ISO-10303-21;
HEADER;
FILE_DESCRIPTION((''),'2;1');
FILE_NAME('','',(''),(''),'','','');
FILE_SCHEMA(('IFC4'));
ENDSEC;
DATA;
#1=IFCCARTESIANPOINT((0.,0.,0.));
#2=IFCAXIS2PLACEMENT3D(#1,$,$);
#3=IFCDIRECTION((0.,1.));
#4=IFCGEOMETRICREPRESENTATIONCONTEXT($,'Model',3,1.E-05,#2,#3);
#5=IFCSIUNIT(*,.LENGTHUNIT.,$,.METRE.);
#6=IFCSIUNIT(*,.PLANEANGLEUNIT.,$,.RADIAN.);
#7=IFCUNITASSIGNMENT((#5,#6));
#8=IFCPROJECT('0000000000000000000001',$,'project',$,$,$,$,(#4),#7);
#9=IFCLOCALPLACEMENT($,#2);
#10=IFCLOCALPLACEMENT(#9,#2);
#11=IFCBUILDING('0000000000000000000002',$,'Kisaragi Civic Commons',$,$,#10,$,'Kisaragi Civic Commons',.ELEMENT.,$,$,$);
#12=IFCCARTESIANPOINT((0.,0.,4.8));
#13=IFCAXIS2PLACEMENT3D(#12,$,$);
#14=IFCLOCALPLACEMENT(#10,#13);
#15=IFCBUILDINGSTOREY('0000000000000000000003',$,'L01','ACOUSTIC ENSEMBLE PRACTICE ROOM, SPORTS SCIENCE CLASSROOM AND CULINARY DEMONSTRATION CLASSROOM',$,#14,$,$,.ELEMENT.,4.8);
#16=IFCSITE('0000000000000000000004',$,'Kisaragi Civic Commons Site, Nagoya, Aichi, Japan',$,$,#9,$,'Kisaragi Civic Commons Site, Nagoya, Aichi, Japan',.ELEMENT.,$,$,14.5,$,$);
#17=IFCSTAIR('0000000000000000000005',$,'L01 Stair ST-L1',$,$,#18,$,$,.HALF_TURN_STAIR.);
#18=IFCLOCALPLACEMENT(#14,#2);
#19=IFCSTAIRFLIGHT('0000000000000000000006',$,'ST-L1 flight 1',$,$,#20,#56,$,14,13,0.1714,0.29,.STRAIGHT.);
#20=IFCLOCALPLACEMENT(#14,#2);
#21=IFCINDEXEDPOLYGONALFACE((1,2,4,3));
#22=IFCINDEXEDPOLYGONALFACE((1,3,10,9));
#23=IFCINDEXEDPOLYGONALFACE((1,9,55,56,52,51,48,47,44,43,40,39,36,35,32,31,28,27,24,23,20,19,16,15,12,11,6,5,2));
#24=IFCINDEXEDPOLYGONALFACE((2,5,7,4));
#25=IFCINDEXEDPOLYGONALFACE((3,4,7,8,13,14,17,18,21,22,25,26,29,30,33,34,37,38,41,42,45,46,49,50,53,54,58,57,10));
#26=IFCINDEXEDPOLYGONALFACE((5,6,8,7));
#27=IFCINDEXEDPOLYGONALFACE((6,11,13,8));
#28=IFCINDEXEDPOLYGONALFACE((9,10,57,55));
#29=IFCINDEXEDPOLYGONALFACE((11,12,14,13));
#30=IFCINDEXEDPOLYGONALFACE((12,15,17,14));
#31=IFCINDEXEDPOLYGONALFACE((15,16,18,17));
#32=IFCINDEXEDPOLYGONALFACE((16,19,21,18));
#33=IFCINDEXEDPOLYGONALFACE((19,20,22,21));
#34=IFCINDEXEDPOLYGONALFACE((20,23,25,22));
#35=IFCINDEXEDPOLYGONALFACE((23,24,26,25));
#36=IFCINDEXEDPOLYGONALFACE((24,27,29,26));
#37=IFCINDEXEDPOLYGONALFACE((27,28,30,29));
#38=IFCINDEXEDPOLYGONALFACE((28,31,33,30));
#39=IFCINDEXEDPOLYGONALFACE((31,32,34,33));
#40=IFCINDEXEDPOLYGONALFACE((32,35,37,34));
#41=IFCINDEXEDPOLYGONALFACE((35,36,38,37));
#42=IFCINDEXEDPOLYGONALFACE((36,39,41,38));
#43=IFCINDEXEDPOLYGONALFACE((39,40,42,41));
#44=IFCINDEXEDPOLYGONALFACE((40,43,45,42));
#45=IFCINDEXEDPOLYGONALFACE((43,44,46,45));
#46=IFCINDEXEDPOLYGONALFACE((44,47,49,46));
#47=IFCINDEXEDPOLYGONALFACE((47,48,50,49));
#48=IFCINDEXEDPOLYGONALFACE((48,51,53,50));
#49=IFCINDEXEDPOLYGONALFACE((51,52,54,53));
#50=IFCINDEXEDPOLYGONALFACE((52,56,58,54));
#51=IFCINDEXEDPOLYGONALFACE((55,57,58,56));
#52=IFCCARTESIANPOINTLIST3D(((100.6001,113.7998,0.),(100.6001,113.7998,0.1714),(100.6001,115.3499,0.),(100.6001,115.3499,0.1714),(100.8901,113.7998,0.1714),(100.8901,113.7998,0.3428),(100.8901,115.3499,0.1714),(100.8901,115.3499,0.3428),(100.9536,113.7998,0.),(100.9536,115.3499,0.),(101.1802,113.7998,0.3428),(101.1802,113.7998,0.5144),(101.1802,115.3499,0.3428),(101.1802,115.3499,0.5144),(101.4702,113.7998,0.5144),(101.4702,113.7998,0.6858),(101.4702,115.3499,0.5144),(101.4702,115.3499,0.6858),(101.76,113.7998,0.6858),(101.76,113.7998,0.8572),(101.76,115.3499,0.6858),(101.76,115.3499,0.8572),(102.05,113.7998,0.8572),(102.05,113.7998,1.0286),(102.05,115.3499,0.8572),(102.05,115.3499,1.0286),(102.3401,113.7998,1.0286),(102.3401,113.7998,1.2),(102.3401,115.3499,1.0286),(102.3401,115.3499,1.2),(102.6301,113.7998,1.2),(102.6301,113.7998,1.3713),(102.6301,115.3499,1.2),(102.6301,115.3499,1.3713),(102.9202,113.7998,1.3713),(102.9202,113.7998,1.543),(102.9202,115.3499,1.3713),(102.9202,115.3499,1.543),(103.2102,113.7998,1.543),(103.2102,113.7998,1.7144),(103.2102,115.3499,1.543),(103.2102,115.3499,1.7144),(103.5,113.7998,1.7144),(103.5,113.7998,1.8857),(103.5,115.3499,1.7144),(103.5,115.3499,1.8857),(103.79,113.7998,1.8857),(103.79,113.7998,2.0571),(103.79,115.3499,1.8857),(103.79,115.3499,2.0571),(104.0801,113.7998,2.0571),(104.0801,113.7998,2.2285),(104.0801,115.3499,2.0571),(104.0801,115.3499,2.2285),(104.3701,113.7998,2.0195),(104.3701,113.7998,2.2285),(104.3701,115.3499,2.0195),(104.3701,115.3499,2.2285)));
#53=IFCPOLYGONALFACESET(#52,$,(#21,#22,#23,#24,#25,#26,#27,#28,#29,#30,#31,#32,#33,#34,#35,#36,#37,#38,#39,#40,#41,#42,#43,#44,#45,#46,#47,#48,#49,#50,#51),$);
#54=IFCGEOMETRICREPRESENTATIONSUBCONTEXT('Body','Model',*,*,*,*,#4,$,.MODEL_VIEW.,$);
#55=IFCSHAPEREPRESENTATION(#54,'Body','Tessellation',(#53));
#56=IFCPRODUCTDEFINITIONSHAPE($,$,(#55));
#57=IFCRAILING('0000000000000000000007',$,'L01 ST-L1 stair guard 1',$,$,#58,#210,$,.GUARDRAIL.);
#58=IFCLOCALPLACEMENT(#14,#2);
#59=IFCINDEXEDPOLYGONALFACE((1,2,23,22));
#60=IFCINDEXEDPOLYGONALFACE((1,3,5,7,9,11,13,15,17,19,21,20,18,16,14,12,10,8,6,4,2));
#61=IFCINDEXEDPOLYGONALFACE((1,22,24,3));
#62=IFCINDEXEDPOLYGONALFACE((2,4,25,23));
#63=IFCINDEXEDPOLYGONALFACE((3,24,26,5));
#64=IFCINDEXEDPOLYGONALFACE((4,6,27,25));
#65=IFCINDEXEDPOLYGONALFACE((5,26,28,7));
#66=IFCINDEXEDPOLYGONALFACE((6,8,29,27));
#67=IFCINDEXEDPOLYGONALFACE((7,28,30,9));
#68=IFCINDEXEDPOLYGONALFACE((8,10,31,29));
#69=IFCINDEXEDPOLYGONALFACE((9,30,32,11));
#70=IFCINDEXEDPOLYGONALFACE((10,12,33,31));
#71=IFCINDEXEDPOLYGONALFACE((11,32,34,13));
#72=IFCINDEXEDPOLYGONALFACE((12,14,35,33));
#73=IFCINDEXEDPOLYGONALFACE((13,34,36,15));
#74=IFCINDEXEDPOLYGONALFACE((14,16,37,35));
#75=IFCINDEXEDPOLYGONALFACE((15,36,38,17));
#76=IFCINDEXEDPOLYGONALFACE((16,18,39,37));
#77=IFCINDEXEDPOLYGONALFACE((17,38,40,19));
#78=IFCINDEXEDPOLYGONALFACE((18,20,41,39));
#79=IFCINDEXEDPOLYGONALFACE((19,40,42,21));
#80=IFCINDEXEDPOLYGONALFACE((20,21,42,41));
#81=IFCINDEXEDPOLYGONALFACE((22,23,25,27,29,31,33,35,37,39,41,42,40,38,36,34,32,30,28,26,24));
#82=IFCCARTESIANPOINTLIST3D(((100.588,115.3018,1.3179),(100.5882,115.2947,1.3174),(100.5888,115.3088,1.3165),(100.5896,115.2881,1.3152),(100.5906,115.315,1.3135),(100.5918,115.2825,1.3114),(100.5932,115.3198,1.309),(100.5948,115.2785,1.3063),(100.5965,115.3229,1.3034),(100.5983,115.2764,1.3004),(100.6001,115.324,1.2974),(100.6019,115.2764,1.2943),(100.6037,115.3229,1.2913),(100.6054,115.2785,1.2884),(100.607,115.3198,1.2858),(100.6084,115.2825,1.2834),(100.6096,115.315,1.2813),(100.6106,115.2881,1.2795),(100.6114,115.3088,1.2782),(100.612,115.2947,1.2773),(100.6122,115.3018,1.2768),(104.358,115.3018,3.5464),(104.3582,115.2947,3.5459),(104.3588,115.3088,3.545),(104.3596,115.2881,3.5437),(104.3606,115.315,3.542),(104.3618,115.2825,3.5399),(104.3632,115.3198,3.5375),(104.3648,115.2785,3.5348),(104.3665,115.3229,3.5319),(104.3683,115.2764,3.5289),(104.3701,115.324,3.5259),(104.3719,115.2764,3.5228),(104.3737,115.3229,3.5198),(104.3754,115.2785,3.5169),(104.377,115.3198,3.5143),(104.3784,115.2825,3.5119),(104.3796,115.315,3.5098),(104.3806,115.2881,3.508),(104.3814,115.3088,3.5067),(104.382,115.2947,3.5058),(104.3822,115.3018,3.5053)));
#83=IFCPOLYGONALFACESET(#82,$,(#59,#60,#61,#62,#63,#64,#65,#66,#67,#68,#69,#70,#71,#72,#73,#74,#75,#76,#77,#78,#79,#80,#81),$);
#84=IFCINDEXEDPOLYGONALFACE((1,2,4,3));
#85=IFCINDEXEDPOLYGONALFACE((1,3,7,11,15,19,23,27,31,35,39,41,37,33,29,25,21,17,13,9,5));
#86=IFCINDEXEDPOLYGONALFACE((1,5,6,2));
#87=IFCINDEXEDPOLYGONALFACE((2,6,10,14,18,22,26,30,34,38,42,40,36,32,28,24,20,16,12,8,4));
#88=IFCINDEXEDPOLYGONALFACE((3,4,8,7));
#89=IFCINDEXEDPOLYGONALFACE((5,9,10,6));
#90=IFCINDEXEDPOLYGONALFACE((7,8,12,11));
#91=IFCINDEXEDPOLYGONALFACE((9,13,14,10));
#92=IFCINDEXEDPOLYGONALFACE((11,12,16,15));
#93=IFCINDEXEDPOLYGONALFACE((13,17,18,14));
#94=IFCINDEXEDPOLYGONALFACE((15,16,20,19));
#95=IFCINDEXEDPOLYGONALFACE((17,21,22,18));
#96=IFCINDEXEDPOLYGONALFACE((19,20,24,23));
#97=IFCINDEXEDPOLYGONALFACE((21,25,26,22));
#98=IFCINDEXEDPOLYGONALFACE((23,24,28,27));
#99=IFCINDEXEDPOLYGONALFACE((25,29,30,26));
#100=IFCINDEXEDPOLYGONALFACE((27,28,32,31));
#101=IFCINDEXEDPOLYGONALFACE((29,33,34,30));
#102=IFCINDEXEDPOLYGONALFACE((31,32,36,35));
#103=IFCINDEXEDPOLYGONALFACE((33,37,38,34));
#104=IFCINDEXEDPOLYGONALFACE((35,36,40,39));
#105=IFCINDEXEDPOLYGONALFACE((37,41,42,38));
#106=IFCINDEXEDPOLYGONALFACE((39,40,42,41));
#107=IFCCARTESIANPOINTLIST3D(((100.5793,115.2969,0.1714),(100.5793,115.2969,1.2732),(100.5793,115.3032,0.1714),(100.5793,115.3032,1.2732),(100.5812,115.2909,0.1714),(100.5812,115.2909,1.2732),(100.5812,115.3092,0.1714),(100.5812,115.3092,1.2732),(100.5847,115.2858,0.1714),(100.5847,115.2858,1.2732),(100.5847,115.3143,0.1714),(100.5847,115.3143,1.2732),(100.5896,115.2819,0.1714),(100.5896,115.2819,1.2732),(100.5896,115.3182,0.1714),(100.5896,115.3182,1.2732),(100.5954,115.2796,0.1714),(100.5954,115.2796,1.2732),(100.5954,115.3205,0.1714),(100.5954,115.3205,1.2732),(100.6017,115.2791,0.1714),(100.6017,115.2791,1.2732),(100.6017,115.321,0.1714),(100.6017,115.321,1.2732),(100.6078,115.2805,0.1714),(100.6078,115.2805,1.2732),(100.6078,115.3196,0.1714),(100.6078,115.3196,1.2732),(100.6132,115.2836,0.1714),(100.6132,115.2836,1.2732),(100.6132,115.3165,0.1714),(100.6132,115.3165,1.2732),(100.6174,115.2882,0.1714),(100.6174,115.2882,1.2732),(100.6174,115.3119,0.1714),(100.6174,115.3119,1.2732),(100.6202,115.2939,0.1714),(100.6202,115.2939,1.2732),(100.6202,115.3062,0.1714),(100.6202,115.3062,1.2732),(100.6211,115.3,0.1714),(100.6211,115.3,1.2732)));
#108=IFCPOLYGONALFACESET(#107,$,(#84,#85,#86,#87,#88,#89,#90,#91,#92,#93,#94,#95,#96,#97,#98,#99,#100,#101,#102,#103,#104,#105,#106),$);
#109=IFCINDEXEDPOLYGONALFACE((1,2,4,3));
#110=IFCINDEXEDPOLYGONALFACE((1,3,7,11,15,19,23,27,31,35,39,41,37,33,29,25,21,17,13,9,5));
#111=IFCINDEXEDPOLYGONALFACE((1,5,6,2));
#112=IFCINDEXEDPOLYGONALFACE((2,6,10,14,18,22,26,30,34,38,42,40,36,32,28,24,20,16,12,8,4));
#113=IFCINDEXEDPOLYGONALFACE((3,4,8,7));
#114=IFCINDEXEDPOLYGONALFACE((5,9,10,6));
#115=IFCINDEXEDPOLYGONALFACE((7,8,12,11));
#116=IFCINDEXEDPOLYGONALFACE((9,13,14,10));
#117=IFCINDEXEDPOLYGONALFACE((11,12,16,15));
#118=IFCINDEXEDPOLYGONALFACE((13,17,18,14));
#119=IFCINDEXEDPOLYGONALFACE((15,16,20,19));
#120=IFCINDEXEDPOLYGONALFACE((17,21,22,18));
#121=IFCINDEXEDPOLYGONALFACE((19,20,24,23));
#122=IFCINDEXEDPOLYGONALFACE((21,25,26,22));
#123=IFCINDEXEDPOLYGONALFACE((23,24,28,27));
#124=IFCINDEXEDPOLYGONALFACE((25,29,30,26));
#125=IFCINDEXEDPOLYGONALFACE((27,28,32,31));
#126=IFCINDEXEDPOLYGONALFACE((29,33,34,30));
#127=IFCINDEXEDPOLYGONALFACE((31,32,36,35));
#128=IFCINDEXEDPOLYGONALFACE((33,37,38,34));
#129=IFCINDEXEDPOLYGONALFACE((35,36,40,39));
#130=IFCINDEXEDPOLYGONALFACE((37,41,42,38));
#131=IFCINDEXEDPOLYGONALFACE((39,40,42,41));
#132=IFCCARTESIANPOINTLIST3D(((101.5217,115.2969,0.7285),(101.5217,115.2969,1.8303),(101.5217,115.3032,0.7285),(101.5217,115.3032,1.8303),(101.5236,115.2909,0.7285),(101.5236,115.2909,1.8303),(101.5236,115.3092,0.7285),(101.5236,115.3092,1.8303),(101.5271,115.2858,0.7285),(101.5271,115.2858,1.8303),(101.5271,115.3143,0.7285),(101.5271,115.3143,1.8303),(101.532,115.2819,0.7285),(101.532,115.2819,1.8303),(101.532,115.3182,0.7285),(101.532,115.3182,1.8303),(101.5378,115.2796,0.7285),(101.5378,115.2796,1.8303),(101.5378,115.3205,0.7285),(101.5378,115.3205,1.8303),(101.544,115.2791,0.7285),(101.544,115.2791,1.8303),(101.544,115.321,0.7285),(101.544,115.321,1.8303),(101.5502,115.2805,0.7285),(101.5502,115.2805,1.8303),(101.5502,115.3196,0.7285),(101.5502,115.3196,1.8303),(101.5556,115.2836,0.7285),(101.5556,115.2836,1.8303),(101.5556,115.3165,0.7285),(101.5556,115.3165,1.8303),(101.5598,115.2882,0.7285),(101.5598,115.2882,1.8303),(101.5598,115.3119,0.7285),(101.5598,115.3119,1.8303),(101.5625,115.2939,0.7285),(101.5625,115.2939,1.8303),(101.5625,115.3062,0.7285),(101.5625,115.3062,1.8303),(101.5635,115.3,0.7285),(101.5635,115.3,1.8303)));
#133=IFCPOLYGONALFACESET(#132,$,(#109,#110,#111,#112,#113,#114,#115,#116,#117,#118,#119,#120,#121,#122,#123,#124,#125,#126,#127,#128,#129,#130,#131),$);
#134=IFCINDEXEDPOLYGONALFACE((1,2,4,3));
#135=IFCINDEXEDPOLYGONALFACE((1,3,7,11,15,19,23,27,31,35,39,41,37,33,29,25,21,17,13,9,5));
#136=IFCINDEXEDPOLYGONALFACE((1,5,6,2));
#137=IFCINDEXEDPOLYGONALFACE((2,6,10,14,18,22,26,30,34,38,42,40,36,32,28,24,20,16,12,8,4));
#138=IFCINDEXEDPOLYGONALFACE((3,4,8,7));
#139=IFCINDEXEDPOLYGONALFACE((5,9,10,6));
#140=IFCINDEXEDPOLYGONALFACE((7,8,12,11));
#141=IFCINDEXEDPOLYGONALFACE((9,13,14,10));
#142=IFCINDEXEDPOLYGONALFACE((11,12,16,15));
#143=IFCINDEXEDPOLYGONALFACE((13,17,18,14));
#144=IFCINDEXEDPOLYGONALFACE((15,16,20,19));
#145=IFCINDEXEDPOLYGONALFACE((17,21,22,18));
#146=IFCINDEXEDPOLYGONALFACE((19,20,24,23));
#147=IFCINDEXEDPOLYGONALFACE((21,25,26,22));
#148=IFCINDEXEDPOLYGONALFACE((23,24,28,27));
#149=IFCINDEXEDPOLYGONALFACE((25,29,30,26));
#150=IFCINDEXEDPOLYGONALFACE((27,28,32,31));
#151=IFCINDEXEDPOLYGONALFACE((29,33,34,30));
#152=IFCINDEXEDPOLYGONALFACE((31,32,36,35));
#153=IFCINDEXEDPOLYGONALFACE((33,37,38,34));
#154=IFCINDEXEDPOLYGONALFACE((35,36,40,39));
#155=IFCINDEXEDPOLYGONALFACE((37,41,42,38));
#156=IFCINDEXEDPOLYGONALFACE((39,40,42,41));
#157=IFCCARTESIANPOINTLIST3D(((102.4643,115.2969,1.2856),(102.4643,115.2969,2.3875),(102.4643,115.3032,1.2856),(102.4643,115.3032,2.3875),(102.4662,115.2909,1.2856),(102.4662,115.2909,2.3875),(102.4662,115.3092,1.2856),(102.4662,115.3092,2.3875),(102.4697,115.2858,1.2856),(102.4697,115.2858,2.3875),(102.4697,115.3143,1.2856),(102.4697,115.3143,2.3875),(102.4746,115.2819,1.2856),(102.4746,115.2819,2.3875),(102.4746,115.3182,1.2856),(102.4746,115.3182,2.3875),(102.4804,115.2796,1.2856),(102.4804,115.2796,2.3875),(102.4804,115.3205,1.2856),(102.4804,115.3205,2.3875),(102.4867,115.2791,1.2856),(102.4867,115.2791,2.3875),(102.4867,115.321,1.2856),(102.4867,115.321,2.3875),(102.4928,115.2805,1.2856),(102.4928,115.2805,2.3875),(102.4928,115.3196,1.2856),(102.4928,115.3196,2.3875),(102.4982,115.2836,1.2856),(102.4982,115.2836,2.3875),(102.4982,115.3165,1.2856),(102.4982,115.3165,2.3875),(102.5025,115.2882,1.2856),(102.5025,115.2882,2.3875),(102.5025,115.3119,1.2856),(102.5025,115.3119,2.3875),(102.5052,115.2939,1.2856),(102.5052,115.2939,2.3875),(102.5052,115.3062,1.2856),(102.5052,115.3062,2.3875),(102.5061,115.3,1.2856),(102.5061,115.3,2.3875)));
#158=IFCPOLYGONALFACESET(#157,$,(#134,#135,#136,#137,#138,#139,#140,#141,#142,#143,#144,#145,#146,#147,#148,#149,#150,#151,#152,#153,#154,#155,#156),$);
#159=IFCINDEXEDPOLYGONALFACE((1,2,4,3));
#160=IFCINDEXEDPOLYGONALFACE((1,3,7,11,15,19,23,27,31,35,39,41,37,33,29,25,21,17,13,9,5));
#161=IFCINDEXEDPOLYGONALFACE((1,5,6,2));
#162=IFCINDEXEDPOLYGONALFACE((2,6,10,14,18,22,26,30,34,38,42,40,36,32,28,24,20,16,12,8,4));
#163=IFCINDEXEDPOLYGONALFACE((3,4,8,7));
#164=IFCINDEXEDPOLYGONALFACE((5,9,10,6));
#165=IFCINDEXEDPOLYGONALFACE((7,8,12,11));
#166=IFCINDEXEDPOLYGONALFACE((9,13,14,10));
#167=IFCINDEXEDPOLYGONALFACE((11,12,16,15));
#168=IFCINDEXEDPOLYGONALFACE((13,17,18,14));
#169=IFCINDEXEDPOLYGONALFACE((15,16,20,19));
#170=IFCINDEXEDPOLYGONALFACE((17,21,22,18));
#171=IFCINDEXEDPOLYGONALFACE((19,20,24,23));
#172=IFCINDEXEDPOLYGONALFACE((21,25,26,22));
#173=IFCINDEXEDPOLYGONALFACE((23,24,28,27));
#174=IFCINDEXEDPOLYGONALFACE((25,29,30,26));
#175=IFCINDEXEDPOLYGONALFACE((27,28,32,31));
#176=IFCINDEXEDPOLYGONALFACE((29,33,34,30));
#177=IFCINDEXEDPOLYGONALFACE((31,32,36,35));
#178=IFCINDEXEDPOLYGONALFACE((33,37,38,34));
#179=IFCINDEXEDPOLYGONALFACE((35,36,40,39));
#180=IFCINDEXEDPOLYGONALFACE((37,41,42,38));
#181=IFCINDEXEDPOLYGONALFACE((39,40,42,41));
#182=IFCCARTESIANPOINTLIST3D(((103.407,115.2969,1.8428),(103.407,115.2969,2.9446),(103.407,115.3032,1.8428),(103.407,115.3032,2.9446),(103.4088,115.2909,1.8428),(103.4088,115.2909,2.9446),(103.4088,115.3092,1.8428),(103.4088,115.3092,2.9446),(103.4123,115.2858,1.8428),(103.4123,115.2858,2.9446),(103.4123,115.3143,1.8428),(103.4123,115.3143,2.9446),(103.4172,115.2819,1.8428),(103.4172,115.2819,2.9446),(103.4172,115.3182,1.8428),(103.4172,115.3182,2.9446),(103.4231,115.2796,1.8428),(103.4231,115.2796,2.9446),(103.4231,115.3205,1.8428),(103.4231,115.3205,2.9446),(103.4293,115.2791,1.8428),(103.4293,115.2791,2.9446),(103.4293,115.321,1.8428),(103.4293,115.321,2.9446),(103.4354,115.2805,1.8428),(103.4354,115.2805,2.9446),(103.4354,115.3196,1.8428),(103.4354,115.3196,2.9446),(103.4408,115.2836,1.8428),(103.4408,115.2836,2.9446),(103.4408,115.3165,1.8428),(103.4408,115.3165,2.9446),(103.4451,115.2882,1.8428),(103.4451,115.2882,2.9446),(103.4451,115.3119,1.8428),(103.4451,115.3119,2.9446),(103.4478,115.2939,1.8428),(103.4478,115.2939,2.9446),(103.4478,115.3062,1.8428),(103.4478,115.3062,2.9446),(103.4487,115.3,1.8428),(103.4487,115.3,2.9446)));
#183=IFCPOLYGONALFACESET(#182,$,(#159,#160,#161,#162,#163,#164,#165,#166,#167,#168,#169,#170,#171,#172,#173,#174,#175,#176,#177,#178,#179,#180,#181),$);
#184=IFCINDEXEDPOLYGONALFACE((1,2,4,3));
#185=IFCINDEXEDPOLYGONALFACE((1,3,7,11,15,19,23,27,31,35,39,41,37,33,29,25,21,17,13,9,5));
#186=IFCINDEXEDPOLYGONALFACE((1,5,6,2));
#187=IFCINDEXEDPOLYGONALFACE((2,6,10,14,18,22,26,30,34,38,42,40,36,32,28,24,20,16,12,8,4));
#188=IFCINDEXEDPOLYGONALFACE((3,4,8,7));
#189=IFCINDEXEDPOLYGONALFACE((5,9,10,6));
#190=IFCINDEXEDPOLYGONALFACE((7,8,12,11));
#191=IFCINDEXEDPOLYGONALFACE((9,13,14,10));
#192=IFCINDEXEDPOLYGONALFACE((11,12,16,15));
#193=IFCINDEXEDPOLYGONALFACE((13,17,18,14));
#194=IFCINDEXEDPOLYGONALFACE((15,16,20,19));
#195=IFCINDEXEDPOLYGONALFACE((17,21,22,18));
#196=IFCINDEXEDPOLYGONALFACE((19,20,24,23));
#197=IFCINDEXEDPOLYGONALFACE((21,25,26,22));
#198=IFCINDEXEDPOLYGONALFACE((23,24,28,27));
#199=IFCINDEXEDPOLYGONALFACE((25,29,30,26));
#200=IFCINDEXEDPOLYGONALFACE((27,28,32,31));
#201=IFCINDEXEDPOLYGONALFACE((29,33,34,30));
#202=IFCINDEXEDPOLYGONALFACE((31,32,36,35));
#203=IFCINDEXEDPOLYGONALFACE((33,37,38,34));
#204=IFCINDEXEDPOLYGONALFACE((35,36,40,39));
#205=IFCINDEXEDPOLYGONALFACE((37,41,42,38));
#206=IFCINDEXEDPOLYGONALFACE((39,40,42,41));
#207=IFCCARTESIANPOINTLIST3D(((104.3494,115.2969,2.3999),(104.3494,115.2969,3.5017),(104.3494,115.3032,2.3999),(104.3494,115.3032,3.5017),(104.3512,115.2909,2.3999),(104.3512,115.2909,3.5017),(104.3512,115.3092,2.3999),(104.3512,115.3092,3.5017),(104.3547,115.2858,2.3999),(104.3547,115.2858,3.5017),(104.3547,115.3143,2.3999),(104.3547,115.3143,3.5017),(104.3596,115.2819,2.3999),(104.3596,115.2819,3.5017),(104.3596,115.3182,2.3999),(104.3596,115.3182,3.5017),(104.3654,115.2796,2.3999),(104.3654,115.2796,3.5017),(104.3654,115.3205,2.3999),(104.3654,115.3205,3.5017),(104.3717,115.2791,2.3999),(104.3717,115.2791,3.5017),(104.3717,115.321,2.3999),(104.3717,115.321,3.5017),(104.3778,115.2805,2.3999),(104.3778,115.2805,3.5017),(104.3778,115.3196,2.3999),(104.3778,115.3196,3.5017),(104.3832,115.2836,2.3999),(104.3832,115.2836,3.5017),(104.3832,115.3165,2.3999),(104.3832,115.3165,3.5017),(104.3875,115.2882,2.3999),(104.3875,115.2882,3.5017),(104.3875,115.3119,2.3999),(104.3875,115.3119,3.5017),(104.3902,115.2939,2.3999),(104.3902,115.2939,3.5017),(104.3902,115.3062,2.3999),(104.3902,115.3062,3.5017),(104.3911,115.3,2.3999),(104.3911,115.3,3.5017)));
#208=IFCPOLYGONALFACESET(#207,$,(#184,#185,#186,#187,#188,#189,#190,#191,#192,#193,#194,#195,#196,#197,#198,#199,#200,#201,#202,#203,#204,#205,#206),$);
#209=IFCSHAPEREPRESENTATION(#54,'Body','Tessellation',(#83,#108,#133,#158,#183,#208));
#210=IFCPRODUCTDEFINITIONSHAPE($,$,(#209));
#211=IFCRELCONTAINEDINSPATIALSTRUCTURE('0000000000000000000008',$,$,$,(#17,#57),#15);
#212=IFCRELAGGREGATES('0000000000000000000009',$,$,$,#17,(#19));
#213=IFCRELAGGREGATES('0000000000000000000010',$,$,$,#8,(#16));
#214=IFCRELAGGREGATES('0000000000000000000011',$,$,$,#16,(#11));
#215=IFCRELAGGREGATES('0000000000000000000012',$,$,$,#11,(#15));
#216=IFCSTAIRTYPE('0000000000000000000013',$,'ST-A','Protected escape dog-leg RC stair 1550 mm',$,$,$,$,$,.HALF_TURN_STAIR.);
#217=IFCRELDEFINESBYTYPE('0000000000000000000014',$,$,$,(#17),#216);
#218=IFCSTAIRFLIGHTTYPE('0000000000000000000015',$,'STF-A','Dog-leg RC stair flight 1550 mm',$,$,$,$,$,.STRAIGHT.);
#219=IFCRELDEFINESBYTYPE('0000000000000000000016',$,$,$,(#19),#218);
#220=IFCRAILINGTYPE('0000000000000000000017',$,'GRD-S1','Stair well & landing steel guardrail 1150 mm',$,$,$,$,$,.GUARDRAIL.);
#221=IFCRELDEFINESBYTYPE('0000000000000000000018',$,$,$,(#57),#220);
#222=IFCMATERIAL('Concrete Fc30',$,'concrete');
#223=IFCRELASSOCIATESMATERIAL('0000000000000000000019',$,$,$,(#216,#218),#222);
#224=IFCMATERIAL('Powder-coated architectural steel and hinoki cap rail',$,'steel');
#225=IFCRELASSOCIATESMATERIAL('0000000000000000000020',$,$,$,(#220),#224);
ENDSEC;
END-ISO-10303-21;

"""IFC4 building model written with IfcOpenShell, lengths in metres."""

from ifc_helpers import new_model, si_unit, direction, frame, origin, origin_2d, place, context, subcontext, project, spatial, polyline, circle, outline, extrude, material, type_object, element, aggregate, save


model = new_model("IFC4")

# Units and contexts
model_context = context("Model", 3, precision=1e-05, world=origin(), true_north=direction((0.0, 1.0)))
body_context = subcontext(model_context, "Body", "Model", "MODEL_VIEW")
ifc_project = project(units=[si_unit("LENGTHUNIT", "METRE"), si_unit("PLANEANGLEUNIT", "RADIAN")], contexts=[model_context])

# Site, building, storey
site_placement = place(None, origin())
site = spatial("IfcSite", under=ifc_project, at=site_placement, Name="Kisaragi Civic Commons Site, Nagoya, Aichi, Japan", LongName="Kisaragi Civic Commons Site, Nagoya, Aichi, Japan", CompositionType="ELEMENT", RefElevation=14.5)
building_placement = place(site_placement, origin())
building = spatial("IfcBuilding", under=site, at=building_placement, Name="Kisaragi Civic Commons", LongName="Kisaragi Civic Commons", CompositionType="ELEMENT")
storey_placement = place(building_placement, frame((0.0, 0.0, 4.8)))
storey = spatial("IfcBuildingStorey", under=building, at=storey_placement, Name="L01", Description="ACOUSTIC ENSEMBLE PRACTICE ROOM, SPORTS SCIENCE CLASSROOM AND CULINARY DEMONSTRATION CLASSROOM", CompositionType="ELEMENT", Elevation=4.8)

# Shared definitions
ifc_material_1 = material(Name="Concrete Fc30", Category="concrete")

# Stair, stair flight
stair_type = type_object("IfcStairType", Name="ST-A", Description="Protected escape dog-leg RC stair 1550 mm", PredefinedType="HALF_TURN_STAIR", material=ifc_material_1)
stair_placement = place(storey_placement, origin())
stair = element("IfcStair", 1, at=stair_placement, inside=storey, type_object=stair_type, Name="L01 Stair ST-L1", PredefinedType="HALF_TURN_STAIR")
stair_flight_type = type_object("IfcStairFlightType", Name="STF-A", Description="Dog-leg RC stair flight 1550 mm", PredefinedType="STRAIGHT", material=ifc_material_1)
stair_flight_placement = place(storey_placement, frame((100.6001, 114.575, 0.0), z_axis=(0.0, 0.0, 1.0), x_axis=(1.0, 0.0, 0.0)))
stair_flight = element("IfcStairFlight", 2, at=stair_flight_placement, type_object=stair_flight_type, Name="ST-L1 flight 1", NumberOfRisers=14, NumberOfTreads=13, PredefinedType="STRAIGHT", RiserHeight=0.1714, TreadLength=0.29, context=body_context, shape_type="SweptSolid", body=[
    extrude(outline(polyline([(0.0, 0.0), (0.0, 0.1714), (0.29, 0.1714), (0.29, 0.3428), (0.5801, 0.3428), (0.5801, 0.5144), (0.8701, 0.5144), (0.8701, 0.6858), (1.1599, 0.6858), (1.1599, 0.8572), (1.45, 0.8572), (1.45, 1.0286), (1.74, 1.0286), (1.74, 1.2), (2.03, 1.2), (2.03, 1.3713), (2.3201, 1.3713), (2.3201, 1.543), (2.6101, 1.543), (2.6101, 1.7144), (2.8999, 1.7144), (2.8999, 1.8857), (3.1899, 1.8857), (3.1899, 2.0571), (3.48, 2.0571), (3.48, 2.2285), (3.77, 2.2285), (3.77, 2.3999), (3.77, 2.0195), (0.3535, 0.0), (0.0, 0.0)])), frame((0.0, 0.7749, 0.0), z_axis=(0.0, -1.0, 0.0), x_axis=(1.0, 0.0, 0.0)), (0.0, 0.0, 1.0), 1.55),
])
aggregate(stair, [stair_flight])

# Railing
ifc_material_2 = material(Name="Powder-coated architectural steel and hinoki cap rail", Category="steel")
railing_type_1 = type_object("IfcRailingType", Name="GRD-S1", Description="Stair well & landing steel guardrail 1150 mm", PredefinedType="GUARDRAIL", material=ifc_material_2)
railing_1_placement = place(storey_placement, frame((100.6001, 115.3, 0.1714)))
element("IfcRailing", 3, at=railing_1_placement, inside=storey, type_object=railing_type_1, Name="L01 ST-L1 stair guard 1", PredefinedType="GUARDRAIL", context=body_context, shape_type="SweptSolid", body=[
    extrude(circle(Radius=0.0239, at=origin_2d()), frame((0.0, 0.0, 1.126), z_axis=(0.860849, 0.0, 0.508861), x_axis=(0.0, 1.0, 0.0)), (0.0, 0.0, 1.0), 4.3794),
    extrude(circle(Radius=0.021, at=origin_2d()), origin(), (0.0, 0.0, 1.0), 1.1018),
    extrude(circle(Radius=0.021, at=origin_2d()), frame((0.9424, 0.0, 0.5571)), (0.0, 0.0, 1.0), 1.1018),
    extrude(circle(Radius=0.021, at=origin_2d()), frame((1.885, 0.0, 1.1143)), (0.0, 0.0, 1.0), 1.1018),
    extrude(circle(Radius=0.021, at=origin_2d()), frame((2.8276, 0.0, 1.6714)), (0.0, 0.0, 1.0), 1.1018),
    extrude(circle(Radius=0.021, at=origin_2d()), frame((3.77, 0.0, 2.2285)), (0.0, 0.0, 1.0), 1.1018),
])

save(model, "model.ifc")
